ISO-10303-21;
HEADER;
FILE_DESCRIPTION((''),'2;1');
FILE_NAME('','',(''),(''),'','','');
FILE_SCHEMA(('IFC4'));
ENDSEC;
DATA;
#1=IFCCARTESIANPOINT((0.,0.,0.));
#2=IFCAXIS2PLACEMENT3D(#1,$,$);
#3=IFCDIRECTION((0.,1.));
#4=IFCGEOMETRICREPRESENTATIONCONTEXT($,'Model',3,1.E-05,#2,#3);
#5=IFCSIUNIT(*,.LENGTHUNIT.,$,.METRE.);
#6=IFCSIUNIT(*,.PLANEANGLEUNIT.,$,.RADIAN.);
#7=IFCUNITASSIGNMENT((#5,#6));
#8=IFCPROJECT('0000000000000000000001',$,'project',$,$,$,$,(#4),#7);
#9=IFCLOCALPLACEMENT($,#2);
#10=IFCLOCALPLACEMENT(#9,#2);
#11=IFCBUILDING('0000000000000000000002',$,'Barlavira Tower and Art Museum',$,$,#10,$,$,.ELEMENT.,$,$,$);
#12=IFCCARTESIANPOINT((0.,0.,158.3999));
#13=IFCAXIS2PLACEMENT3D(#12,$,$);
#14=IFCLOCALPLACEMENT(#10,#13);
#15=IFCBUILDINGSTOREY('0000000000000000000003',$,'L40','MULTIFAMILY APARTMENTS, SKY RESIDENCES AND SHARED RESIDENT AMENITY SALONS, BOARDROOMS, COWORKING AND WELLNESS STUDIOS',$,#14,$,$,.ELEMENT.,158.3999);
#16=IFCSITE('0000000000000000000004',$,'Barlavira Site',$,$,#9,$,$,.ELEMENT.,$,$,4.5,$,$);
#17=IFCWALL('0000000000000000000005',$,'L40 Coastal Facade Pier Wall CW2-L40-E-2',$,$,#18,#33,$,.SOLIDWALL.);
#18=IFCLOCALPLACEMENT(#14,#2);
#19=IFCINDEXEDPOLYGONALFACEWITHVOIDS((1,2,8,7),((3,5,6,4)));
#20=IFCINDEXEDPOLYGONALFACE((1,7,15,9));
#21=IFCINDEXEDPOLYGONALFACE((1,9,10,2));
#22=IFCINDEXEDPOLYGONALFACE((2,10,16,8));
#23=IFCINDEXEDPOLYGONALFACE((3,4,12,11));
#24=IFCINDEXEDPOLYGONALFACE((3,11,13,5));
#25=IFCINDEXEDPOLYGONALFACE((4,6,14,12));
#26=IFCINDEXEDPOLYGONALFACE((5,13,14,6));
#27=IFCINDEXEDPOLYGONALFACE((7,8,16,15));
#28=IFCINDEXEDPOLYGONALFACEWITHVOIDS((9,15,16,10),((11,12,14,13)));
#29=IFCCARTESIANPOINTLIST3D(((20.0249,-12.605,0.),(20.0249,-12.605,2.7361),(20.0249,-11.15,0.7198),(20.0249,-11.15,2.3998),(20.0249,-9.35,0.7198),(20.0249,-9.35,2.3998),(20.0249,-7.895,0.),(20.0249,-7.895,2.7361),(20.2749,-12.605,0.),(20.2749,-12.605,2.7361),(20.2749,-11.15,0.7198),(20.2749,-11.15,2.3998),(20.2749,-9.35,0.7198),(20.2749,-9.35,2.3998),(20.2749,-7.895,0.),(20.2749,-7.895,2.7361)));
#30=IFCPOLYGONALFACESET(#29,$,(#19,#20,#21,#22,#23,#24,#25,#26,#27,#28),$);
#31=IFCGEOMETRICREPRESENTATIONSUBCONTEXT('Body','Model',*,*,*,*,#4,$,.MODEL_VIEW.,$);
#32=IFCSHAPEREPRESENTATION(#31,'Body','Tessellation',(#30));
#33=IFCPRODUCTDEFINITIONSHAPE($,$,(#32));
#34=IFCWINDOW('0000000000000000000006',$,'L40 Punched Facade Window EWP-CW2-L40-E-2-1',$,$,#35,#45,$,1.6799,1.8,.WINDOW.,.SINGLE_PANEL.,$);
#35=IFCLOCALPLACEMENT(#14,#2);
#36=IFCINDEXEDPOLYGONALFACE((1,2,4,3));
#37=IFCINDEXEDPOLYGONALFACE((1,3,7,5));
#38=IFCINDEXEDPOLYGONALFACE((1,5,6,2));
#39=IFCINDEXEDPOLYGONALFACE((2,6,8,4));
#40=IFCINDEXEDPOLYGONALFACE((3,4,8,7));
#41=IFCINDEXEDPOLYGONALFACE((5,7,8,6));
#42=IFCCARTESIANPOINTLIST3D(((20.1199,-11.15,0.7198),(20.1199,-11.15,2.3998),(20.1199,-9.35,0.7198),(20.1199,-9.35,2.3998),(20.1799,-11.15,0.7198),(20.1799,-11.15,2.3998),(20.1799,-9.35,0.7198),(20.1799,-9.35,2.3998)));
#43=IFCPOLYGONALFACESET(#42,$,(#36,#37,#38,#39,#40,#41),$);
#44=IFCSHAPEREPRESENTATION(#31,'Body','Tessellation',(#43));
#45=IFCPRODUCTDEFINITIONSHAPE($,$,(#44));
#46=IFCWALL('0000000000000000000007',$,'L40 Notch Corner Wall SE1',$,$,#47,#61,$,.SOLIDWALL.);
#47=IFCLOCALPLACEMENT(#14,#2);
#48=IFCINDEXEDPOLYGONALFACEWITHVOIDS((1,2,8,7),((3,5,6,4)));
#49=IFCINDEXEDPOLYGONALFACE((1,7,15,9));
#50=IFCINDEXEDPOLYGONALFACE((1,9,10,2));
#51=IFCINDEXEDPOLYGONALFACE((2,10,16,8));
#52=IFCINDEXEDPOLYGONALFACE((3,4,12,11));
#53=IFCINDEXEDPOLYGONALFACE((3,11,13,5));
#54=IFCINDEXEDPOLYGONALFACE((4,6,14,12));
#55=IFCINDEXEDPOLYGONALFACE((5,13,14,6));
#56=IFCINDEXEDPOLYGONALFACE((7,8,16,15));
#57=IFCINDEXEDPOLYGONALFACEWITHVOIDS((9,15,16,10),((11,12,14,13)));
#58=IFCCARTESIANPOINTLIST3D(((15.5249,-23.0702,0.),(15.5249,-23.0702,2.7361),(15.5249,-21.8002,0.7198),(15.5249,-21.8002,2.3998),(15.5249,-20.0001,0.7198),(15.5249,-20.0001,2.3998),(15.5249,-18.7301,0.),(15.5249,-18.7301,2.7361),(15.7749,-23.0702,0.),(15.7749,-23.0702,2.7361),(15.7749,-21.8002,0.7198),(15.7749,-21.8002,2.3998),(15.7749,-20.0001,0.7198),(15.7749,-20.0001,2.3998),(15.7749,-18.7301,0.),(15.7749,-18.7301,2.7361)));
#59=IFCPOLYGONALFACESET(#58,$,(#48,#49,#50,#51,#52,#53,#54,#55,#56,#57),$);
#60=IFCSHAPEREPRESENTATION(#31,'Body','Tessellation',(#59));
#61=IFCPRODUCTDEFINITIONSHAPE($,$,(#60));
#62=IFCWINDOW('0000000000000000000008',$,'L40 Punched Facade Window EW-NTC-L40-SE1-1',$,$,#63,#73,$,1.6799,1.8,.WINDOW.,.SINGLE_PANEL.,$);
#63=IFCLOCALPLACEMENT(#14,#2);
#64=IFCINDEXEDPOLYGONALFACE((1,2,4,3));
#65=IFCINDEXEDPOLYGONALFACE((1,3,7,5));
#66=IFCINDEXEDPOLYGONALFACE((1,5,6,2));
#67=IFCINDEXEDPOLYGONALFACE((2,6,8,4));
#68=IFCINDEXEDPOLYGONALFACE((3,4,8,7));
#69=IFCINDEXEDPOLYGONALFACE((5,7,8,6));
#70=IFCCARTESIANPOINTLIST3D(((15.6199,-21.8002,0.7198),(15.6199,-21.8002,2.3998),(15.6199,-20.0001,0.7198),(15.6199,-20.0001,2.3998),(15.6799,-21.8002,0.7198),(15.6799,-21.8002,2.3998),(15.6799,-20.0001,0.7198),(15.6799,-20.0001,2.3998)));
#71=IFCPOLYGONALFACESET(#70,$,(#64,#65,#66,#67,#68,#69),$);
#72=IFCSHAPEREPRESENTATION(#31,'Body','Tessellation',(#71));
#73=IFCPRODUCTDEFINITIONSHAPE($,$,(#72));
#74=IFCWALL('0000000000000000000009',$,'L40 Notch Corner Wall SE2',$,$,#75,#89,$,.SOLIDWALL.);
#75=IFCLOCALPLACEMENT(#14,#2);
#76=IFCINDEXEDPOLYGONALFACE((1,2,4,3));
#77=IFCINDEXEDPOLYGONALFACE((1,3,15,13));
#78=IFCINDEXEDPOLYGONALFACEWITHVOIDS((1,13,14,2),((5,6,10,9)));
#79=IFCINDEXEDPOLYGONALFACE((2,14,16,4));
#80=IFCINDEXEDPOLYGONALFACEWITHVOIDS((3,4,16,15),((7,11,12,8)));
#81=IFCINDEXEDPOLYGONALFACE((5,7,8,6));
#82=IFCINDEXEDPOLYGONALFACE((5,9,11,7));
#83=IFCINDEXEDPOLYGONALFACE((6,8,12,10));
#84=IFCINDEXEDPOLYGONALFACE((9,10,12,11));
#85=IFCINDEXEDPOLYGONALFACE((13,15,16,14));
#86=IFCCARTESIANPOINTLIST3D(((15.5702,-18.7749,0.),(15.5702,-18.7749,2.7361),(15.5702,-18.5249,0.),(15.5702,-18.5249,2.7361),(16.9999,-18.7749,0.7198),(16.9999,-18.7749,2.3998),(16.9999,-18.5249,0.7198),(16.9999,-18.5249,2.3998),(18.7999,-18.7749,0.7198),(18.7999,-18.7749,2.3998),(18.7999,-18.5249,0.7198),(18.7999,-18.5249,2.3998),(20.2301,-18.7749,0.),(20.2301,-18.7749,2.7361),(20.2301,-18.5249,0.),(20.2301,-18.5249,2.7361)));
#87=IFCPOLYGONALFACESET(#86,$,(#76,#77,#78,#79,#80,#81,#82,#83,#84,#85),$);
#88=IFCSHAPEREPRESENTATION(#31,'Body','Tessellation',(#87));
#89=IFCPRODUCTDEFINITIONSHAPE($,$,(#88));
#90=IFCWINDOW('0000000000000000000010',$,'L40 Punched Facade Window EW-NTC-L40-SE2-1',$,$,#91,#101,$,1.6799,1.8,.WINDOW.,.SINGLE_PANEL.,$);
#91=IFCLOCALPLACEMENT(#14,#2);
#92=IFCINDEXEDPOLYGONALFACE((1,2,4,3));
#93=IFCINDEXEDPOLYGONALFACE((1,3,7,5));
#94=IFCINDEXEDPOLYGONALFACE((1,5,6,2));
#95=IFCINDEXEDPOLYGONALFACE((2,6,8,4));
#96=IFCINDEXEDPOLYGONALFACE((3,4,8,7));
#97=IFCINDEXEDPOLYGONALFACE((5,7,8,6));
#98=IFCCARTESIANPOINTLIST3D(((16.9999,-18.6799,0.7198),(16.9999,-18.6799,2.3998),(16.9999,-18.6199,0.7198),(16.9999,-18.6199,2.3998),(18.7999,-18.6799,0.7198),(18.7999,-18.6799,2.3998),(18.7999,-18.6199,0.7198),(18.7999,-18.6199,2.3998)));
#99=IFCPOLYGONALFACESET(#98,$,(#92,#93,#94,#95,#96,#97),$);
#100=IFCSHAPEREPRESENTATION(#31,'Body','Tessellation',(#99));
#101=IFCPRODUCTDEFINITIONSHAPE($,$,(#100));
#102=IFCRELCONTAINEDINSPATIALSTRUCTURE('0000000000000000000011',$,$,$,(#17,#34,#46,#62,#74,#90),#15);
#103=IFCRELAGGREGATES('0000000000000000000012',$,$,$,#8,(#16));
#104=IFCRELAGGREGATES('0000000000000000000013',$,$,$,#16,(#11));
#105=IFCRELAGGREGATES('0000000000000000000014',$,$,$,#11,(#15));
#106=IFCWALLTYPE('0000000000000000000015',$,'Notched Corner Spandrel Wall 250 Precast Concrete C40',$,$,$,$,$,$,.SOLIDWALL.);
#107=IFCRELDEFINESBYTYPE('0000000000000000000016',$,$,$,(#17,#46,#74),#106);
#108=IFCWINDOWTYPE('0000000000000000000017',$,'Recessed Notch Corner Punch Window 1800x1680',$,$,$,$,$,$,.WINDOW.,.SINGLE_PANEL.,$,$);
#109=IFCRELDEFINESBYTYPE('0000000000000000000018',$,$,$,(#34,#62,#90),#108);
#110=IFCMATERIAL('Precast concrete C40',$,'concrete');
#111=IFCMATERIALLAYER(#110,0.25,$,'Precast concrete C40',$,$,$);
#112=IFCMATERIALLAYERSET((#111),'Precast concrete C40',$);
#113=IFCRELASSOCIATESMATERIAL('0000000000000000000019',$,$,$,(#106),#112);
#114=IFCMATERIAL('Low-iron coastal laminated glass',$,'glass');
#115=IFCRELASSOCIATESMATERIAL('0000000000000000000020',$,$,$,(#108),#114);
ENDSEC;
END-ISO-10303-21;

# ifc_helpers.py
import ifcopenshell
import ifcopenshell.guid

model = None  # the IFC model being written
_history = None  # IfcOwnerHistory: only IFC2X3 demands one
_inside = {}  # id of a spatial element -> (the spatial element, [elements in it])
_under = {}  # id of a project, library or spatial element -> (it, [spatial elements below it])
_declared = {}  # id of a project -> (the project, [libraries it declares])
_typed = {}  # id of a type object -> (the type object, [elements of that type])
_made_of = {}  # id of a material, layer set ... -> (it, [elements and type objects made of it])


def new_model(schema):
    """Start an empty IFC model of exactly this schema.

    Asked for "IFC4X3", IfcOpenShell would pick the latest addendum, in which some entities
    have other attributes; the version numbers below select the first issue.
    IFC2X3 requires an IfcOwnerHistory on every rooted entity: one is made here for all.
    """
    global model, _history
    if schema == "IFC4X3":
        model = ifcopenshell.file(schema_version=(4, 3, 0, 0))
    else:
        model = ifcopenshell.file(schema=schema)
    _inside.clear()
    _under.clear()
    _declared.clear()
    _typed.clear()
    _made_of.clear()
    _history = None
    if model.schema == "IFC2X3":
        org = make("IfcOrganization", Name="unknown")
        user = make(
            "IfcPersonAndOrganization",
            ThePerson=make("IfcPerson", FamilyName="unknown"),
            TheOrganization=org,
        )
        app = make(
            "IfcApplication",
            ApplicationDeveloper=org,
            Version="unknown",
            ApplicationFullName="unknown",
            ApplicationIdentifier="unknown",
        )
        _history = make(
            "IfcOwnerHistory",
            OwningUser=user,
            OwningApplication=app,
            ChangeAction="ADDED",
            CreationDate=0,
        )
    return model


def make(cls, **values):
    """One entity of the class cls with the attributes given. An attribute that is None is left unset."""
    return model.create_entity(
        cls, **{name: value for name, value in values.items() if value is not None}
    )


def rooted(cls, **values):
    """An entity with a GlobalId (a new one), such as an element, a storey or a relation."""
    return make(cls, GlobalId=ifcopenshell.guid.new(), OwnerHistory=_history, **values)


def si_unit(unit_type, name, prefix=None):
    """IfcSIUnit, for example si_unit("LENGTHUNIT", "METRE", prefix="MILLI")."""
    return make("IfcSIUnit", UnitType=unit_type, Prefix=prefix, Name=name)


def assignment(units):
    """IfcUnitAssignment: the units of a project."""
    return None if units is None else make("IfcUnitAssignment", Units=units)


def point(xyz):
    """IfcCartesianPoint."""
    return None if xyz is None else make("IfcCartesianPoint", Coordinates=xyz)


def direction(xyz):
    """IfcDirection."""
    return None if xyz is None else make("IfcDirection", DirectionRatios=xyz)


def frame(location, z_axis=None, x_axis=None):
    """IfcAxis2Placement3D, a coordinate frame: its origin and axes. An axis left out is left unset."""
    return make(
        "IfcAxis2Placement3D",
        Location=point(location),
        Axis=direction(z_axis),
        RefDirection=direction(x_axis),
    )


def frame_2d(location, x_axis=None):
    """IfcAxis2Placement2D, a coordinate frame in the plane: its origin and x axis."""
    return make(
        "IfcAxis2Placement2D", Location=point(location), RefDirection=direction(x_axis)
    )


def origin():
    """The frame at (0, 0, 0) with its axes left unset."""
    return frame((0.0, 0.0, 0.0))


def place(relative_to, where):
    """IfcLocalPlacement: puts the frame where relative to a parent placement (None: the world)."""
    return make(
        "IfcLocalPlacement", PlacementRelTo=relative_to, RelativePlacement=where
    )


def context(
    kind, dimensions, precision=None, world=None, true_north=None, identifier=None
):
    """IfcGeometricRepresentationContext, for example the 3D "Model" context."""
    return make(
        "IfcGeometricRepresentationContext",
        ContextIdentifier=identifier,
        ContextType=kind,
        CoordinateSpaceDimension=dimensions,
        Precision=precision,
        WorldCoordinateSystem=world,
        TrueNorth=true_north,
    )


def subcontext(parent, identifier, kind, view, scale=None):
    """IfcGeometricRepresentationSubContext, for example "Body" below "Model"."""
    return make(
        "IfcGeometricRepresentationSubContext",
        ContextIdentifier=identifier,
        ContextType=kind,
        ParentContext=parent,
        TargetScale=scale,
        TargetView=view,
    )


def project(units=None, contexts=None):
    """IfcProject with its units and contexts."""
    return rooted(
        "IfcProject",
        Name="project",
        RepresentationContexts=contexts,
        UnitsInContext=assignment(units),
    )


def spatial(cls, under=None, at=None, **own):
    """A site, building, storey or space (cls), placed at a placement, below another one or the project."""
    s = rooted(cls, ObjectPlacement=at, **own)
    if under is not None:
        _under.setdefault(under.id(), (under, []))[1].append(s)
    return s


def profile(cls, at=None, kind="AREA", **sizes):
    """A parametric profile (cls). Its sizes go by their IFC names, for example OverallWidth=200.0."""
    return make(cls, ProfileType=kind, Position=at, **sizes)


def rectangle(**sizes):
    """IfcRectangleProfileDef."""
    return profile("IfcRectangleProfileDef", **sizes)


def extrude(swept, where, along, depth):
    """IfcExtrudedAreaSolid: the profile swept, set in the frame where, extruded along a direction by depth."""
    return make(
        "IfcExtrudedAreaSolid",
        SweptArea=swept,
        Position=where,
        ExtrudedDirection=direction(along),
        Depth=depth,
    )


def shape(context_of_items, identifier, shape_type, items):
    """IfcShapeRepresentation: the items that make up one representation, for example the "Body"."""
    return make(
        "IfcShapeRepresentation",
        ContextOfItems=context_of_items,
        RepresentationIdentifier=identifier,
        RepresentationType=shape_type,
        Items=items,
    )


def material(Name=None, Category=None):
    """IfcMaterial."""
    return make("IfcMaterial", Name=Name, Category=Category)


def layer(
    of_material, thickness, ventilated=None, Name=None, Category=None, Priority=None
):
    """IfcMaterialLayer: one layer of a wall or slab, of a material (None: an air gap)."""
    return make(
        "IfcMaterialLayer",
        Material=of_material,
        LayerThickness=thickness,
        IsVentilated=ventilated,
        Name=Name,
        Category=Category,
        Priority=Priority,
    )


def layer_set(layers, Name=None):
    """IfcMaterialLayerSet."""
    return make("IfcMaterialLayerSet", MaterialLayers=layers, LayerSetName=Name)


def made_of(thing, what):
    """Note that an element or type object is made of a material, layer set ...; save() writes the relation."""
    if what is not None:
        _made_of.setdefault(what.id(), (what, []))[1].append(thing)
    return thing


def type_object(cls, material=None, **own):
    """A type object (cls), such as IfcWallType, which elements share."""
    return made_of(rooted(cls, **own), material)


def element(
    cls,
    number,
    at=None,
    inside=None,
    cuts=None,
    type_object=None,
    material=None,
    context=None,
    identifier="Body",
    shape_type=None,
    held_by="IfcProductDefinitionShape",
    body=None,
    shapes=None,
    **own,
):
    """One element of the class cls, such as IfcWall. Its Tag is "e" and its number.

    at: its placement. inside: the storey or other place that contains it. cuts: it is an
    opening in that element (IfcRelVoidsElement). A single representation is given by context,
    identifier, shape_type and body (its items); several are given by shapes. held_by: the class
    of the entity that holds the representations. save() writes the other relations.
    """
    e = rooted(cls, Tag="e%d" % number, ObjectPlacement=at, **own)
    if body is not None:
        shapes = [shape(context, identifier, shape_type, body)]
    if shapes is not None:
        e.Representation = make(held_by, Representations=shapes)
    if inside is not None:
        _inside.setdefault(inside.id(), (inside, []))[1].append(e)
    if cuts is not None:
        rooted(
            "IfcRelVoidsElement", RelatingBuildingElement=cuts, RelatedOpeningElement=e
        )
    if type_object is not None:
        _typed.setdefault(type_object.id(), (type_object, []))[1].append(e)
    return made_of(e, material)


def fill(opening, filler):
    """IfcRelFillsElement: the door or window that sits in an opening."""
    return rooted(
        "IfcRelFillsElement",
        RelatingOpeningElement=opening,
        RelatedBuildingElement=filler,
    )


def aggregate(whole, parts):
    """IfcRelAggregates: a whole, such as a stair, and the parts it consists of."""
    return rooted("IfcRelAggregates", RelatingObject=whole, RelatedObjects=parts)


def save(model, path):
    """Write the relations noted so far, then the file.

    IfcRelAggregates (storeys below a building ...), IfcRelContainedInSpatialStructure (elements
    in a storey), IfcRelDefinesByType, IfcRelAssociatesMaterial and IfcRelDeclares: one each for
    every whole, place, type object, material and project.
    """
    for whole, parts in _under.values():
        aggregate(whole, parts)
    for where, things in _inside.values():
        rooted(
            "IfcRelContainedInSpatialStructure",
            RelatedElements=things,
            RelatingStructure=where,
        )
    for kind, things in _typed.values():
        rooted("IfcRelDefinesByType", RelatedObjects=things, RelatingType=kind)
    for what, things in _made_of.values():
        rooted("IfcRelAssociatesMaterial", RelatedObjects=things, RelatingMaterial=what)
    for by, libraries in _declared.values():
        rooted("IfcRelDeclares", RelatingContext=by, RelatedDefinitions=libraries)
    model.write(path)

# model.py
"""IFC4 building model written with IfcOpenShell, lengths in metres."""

from ifc_helpers import new_model, si_unit, direction, frame, frame_2d, origin, place, context, subcontext, project, spatial, rectangle, extrude, material, layer, layer_set, type_object, element, fill, save


model = new_model("IFC4")

# Units and contexts
model_context = context("Model", 3, precision=1e-05, world=origin(), true_north=direction((0.0, 1.0)))
body_context = subcontext(model_context, "Body", "Model", "MODEL_VIEW")
ifc_project = project(units=[si_unit("LENGTHUNIT", "METRE"), si_unit("PLANEANGLEUNIT", "RADIAN")], contexts=[model_context])

# Site, building, storey
site_placement = place(None, origin())
site = spatial("IfcSite", under=ifc_project, at=site_placement, Name="Barlavira Site", CompositionType="ELEMENT", RefElevation=4.5)
building_placement = place(site_placement, origin())
building = spatial("IfcBuilding", under=site, at=building_placement, Name="Barlavira Tower and Art Museum", CompositionType="ELEMENT")
storey_placement = place(building_placement, frame((0.0, 0.0, 158.3999)))
storey = spatial("IfcBuildingStorey", under=building, at=storey_placement, Name="L40", Description="MULTIFAMILY APARTMENTS, SKY RESIDENCES AND SHARED RESIDENT AMENITY SALONS, BOARDROOMS, COWORKING AND WELLNESS STUDIOS", CompositionType="ELEMENT", Elevation=158.3999)

# Walls, openings, windows
ifc_material_1 = material(Name="Precast concrete C40", Category="concrete")
ifc_layer_1 = layer(ifc_material_1, 0.25, Name="Precast concrete C40")
ifc_layer_set_1 = layer_set([ifc_layer_1], Name="Precast concrete C40")
wall_type_1 = type_object("IfcWallType", Name="Notched Corner Spandrel Wall 250 Precast Concrete C40", PredefinedType="SOLIDWALL", material=ifc_layer_set_1)
ifc_material_2 = material(Name="Low-iron coastal laminated glass", Category="glass")
window_type = type_object("IfcWindowType", Name="Recessed Notch Corner Punch Window 1800x1680", PartitioningType="SINGLE_PANEL", PredefinedType="WINDOW", material=ifc_material_2)
wall_1_placement = place(storey_placement, frame((20.1499, -12.605, 0.0), z_axis=(0.0, 0.0, 1.0), x_axis=(0.0, 1.0, 0.0)))
wall_1 = element("IfcWall", 1, at=wall_1_placement, inside=storey, type_object=wall_type_1, Name="L40 Coastal Facade Pier Wall CW2-L40-E-2", PredefinedType="SOLIDWALL", context=body_context, shape_type="SweptSolid", body=[
    extrude(rectangle(XDim=4.71, YDim=0.25, at=frame_2d((2.355, 0.0))), origin(), (0.0, 0.0, 1.0), 2.7361),
])
opening_1_placement = place(wall_1_placement, frame((1.4551, 0.0, 0.72)))
opening_1 = element("IfcOpeningElement", 2, at=opening_1_placement, cuts=wall_1, PredefinedType="OPENING", context=body_context, shape_type="SweptSolid", body=[
    extrude(rectangle(XDim=1.8, YDim=1.6799, at=frame_2d((0.8999, 0.8398))), frame((0.0, 0.135, 0.0), z_axis=(0.0, -1.0, 0.0), x_axis=(1.0, 0.0, 0.0)), (0.0, 0.0, 1.0), 0.27),
])
window_1_placement = place(opening_1_placement, origin())
window_1 = element("IfcWindow", 3, at=window_1_placement, inside=storey, type_object=window_type, Name="L40 Punched Facade Window EWP-CW2-L40-E-2-1", OverallHeight=1.6799, OverallWidth=1.8, PartitioningType="SINGLE_PANEL", PredefinedType="WINDOW", context=body_context, shape_type="SweptSolid", body=[
    extrude(rectangle(XDim=1.8, YDim=1.6799, at=frame_2d((0.8999, 0.8398))), frame((0.0, 0.03, 0.0), z_axis=(0.0, -1.0, 0.0), x_axis=(1.0, 0.0, 0.0)), (0.0, 0.0, 1.0), 0.0601),
])
fill(opening_1, window_1)
wall_2_placement = place(storey_placement, frame((15.6499, -23.0701, 0.0), z_axis=(0.0, 0.0, 1.0), x_axis=(0.0, 1.0, 0.0)))
wall_2 = element("IfcWall", 4, at=wall_2_placement, inside=storey, type_object=wall_type_1, Name="L40 Notch Corner Wall SE1", PredefinedType="SOLIDWALL", context=body_context, shape_type="SweptSolid", body=[
    extrude(rectangle(XDim=4.3401, YDim=0.25, at=frame_2d((2.1699, 0.0))), origin(), (0.0, 0.0, 1.0), 2.7361),
])
opening_2_placement = place(wall_2_placement, frame((1.27, 0.0, 0.72)))
opening_2 = element("IfcOpeningElement", 5, at=opening_2_placement, cuts=wall_2, PredefinedType="OPENING", context=body_context, shape_type="SweptSolid", body=[
    extrude(rectangle(XDim=1.8, YDim=1.6799, at=frame_2d((0.8999, 0.8398))), frame((0.0, 0.135, 0.0), z_axis=(0.0, -1.0, 0.0), x_axis=(1.0, 0.0, 0.0)), (0.0, 0.0, 1.0), 0.27),
])
window_2_placement = place(opening_2_placement, origin())
window_2 = element("IfcWindow", 6, at=window_2_placement, inside=storey, type_object=window_type, Name="L40 Punched Facade Window EW-NTC-L40-SE1-1", OverallHeight=1.6799, OverallWidth=1.8, PartitioningType="SINGLE_PANEL", PredefinedType="WINDOW", context=body_context, shape_type="SweptSolid", body=[
    extrude(rectangle(XDim=1.8, YDim=1.6799, at=frame_2d((0.8999, 0.8398))), frame((0.0, 0.03, 0.0), z_axis=(0.0, -1.0, 0.0), x_axis=(1.0, 0.0, 0.0)), (0.0, 0.0, 1.0), 0.0601),
])
fill(opening_2, window_2)
wall_3_placement = place(storey_placement, frame((15.5701, -18.6499, 0.0), z_axis=(0.0, 0.0, 1.0), x_axis=(1.0, 0.0, 0.0)))
wall_3 = element("IfcWall", 7, at=wall_3_placement, inside=storey, type_object=wall_type_1, Name="L40 Notch Corner Wall SE2", PredefinedType="SOLIDWALL", context=body_context, shape_type="SweptSolid", body=[
    extrude(rectangle(XDim=4.6599, YDim=0.25, at=frame_2d((2.3301, 0.0))), origin(), (0.0, 0.0, 1.0), 2.7361),
])
opening_3_placement = place(wall_3_placement, frame((1.4299, 0.0, 0.72)))
opening_3 = element("IfcOpeningElement", 8, at=opening_3_placement, cuts=wall_3, PredefinedType="OPENING", context=body_context, shape_type="SweptSolid", body=[
    extrude(rectangle(XDim=1.8, YDim=1.6799, at=frame_2d((0.8999, 0.8398))), frame((0.0, 0.135, 0.0), z_axis=(0.0, -1.0, 0.0), x_axis=(1.0, 0.0, 0.0)), (0.0, 0.0, 1.0), 0.27),
])
window_3_placement = place(opening_3_placement, origin())
window_3 = element("IfcWindow", 9, at=window_3_placement, inside=storey, type_object=window_type, Name="L40 Punched Facade Window EW-NTC-L40-SE2-1", OverallHeight=1.6799, OverallWidth=1.8, PartitioningType="SINGLE_PANEL", PredefinedType="WINDOW", context=body_context, shape_type="SweptSolid", body=[
    extrude(rectangle(XDim=1.8, YDim=1.6799, at=frame_2d((0.8999, 0.8398))), frame((0.0, 0.03, 0.0), z_axis=(0.0, -1.0, 0.0), x_axis=(1.0, 0.0, 0.0)), (0.0, 0.0, 1.0), 0.0601),
])
fill(opening_3, window_3)

save(model, "model.ifc")
